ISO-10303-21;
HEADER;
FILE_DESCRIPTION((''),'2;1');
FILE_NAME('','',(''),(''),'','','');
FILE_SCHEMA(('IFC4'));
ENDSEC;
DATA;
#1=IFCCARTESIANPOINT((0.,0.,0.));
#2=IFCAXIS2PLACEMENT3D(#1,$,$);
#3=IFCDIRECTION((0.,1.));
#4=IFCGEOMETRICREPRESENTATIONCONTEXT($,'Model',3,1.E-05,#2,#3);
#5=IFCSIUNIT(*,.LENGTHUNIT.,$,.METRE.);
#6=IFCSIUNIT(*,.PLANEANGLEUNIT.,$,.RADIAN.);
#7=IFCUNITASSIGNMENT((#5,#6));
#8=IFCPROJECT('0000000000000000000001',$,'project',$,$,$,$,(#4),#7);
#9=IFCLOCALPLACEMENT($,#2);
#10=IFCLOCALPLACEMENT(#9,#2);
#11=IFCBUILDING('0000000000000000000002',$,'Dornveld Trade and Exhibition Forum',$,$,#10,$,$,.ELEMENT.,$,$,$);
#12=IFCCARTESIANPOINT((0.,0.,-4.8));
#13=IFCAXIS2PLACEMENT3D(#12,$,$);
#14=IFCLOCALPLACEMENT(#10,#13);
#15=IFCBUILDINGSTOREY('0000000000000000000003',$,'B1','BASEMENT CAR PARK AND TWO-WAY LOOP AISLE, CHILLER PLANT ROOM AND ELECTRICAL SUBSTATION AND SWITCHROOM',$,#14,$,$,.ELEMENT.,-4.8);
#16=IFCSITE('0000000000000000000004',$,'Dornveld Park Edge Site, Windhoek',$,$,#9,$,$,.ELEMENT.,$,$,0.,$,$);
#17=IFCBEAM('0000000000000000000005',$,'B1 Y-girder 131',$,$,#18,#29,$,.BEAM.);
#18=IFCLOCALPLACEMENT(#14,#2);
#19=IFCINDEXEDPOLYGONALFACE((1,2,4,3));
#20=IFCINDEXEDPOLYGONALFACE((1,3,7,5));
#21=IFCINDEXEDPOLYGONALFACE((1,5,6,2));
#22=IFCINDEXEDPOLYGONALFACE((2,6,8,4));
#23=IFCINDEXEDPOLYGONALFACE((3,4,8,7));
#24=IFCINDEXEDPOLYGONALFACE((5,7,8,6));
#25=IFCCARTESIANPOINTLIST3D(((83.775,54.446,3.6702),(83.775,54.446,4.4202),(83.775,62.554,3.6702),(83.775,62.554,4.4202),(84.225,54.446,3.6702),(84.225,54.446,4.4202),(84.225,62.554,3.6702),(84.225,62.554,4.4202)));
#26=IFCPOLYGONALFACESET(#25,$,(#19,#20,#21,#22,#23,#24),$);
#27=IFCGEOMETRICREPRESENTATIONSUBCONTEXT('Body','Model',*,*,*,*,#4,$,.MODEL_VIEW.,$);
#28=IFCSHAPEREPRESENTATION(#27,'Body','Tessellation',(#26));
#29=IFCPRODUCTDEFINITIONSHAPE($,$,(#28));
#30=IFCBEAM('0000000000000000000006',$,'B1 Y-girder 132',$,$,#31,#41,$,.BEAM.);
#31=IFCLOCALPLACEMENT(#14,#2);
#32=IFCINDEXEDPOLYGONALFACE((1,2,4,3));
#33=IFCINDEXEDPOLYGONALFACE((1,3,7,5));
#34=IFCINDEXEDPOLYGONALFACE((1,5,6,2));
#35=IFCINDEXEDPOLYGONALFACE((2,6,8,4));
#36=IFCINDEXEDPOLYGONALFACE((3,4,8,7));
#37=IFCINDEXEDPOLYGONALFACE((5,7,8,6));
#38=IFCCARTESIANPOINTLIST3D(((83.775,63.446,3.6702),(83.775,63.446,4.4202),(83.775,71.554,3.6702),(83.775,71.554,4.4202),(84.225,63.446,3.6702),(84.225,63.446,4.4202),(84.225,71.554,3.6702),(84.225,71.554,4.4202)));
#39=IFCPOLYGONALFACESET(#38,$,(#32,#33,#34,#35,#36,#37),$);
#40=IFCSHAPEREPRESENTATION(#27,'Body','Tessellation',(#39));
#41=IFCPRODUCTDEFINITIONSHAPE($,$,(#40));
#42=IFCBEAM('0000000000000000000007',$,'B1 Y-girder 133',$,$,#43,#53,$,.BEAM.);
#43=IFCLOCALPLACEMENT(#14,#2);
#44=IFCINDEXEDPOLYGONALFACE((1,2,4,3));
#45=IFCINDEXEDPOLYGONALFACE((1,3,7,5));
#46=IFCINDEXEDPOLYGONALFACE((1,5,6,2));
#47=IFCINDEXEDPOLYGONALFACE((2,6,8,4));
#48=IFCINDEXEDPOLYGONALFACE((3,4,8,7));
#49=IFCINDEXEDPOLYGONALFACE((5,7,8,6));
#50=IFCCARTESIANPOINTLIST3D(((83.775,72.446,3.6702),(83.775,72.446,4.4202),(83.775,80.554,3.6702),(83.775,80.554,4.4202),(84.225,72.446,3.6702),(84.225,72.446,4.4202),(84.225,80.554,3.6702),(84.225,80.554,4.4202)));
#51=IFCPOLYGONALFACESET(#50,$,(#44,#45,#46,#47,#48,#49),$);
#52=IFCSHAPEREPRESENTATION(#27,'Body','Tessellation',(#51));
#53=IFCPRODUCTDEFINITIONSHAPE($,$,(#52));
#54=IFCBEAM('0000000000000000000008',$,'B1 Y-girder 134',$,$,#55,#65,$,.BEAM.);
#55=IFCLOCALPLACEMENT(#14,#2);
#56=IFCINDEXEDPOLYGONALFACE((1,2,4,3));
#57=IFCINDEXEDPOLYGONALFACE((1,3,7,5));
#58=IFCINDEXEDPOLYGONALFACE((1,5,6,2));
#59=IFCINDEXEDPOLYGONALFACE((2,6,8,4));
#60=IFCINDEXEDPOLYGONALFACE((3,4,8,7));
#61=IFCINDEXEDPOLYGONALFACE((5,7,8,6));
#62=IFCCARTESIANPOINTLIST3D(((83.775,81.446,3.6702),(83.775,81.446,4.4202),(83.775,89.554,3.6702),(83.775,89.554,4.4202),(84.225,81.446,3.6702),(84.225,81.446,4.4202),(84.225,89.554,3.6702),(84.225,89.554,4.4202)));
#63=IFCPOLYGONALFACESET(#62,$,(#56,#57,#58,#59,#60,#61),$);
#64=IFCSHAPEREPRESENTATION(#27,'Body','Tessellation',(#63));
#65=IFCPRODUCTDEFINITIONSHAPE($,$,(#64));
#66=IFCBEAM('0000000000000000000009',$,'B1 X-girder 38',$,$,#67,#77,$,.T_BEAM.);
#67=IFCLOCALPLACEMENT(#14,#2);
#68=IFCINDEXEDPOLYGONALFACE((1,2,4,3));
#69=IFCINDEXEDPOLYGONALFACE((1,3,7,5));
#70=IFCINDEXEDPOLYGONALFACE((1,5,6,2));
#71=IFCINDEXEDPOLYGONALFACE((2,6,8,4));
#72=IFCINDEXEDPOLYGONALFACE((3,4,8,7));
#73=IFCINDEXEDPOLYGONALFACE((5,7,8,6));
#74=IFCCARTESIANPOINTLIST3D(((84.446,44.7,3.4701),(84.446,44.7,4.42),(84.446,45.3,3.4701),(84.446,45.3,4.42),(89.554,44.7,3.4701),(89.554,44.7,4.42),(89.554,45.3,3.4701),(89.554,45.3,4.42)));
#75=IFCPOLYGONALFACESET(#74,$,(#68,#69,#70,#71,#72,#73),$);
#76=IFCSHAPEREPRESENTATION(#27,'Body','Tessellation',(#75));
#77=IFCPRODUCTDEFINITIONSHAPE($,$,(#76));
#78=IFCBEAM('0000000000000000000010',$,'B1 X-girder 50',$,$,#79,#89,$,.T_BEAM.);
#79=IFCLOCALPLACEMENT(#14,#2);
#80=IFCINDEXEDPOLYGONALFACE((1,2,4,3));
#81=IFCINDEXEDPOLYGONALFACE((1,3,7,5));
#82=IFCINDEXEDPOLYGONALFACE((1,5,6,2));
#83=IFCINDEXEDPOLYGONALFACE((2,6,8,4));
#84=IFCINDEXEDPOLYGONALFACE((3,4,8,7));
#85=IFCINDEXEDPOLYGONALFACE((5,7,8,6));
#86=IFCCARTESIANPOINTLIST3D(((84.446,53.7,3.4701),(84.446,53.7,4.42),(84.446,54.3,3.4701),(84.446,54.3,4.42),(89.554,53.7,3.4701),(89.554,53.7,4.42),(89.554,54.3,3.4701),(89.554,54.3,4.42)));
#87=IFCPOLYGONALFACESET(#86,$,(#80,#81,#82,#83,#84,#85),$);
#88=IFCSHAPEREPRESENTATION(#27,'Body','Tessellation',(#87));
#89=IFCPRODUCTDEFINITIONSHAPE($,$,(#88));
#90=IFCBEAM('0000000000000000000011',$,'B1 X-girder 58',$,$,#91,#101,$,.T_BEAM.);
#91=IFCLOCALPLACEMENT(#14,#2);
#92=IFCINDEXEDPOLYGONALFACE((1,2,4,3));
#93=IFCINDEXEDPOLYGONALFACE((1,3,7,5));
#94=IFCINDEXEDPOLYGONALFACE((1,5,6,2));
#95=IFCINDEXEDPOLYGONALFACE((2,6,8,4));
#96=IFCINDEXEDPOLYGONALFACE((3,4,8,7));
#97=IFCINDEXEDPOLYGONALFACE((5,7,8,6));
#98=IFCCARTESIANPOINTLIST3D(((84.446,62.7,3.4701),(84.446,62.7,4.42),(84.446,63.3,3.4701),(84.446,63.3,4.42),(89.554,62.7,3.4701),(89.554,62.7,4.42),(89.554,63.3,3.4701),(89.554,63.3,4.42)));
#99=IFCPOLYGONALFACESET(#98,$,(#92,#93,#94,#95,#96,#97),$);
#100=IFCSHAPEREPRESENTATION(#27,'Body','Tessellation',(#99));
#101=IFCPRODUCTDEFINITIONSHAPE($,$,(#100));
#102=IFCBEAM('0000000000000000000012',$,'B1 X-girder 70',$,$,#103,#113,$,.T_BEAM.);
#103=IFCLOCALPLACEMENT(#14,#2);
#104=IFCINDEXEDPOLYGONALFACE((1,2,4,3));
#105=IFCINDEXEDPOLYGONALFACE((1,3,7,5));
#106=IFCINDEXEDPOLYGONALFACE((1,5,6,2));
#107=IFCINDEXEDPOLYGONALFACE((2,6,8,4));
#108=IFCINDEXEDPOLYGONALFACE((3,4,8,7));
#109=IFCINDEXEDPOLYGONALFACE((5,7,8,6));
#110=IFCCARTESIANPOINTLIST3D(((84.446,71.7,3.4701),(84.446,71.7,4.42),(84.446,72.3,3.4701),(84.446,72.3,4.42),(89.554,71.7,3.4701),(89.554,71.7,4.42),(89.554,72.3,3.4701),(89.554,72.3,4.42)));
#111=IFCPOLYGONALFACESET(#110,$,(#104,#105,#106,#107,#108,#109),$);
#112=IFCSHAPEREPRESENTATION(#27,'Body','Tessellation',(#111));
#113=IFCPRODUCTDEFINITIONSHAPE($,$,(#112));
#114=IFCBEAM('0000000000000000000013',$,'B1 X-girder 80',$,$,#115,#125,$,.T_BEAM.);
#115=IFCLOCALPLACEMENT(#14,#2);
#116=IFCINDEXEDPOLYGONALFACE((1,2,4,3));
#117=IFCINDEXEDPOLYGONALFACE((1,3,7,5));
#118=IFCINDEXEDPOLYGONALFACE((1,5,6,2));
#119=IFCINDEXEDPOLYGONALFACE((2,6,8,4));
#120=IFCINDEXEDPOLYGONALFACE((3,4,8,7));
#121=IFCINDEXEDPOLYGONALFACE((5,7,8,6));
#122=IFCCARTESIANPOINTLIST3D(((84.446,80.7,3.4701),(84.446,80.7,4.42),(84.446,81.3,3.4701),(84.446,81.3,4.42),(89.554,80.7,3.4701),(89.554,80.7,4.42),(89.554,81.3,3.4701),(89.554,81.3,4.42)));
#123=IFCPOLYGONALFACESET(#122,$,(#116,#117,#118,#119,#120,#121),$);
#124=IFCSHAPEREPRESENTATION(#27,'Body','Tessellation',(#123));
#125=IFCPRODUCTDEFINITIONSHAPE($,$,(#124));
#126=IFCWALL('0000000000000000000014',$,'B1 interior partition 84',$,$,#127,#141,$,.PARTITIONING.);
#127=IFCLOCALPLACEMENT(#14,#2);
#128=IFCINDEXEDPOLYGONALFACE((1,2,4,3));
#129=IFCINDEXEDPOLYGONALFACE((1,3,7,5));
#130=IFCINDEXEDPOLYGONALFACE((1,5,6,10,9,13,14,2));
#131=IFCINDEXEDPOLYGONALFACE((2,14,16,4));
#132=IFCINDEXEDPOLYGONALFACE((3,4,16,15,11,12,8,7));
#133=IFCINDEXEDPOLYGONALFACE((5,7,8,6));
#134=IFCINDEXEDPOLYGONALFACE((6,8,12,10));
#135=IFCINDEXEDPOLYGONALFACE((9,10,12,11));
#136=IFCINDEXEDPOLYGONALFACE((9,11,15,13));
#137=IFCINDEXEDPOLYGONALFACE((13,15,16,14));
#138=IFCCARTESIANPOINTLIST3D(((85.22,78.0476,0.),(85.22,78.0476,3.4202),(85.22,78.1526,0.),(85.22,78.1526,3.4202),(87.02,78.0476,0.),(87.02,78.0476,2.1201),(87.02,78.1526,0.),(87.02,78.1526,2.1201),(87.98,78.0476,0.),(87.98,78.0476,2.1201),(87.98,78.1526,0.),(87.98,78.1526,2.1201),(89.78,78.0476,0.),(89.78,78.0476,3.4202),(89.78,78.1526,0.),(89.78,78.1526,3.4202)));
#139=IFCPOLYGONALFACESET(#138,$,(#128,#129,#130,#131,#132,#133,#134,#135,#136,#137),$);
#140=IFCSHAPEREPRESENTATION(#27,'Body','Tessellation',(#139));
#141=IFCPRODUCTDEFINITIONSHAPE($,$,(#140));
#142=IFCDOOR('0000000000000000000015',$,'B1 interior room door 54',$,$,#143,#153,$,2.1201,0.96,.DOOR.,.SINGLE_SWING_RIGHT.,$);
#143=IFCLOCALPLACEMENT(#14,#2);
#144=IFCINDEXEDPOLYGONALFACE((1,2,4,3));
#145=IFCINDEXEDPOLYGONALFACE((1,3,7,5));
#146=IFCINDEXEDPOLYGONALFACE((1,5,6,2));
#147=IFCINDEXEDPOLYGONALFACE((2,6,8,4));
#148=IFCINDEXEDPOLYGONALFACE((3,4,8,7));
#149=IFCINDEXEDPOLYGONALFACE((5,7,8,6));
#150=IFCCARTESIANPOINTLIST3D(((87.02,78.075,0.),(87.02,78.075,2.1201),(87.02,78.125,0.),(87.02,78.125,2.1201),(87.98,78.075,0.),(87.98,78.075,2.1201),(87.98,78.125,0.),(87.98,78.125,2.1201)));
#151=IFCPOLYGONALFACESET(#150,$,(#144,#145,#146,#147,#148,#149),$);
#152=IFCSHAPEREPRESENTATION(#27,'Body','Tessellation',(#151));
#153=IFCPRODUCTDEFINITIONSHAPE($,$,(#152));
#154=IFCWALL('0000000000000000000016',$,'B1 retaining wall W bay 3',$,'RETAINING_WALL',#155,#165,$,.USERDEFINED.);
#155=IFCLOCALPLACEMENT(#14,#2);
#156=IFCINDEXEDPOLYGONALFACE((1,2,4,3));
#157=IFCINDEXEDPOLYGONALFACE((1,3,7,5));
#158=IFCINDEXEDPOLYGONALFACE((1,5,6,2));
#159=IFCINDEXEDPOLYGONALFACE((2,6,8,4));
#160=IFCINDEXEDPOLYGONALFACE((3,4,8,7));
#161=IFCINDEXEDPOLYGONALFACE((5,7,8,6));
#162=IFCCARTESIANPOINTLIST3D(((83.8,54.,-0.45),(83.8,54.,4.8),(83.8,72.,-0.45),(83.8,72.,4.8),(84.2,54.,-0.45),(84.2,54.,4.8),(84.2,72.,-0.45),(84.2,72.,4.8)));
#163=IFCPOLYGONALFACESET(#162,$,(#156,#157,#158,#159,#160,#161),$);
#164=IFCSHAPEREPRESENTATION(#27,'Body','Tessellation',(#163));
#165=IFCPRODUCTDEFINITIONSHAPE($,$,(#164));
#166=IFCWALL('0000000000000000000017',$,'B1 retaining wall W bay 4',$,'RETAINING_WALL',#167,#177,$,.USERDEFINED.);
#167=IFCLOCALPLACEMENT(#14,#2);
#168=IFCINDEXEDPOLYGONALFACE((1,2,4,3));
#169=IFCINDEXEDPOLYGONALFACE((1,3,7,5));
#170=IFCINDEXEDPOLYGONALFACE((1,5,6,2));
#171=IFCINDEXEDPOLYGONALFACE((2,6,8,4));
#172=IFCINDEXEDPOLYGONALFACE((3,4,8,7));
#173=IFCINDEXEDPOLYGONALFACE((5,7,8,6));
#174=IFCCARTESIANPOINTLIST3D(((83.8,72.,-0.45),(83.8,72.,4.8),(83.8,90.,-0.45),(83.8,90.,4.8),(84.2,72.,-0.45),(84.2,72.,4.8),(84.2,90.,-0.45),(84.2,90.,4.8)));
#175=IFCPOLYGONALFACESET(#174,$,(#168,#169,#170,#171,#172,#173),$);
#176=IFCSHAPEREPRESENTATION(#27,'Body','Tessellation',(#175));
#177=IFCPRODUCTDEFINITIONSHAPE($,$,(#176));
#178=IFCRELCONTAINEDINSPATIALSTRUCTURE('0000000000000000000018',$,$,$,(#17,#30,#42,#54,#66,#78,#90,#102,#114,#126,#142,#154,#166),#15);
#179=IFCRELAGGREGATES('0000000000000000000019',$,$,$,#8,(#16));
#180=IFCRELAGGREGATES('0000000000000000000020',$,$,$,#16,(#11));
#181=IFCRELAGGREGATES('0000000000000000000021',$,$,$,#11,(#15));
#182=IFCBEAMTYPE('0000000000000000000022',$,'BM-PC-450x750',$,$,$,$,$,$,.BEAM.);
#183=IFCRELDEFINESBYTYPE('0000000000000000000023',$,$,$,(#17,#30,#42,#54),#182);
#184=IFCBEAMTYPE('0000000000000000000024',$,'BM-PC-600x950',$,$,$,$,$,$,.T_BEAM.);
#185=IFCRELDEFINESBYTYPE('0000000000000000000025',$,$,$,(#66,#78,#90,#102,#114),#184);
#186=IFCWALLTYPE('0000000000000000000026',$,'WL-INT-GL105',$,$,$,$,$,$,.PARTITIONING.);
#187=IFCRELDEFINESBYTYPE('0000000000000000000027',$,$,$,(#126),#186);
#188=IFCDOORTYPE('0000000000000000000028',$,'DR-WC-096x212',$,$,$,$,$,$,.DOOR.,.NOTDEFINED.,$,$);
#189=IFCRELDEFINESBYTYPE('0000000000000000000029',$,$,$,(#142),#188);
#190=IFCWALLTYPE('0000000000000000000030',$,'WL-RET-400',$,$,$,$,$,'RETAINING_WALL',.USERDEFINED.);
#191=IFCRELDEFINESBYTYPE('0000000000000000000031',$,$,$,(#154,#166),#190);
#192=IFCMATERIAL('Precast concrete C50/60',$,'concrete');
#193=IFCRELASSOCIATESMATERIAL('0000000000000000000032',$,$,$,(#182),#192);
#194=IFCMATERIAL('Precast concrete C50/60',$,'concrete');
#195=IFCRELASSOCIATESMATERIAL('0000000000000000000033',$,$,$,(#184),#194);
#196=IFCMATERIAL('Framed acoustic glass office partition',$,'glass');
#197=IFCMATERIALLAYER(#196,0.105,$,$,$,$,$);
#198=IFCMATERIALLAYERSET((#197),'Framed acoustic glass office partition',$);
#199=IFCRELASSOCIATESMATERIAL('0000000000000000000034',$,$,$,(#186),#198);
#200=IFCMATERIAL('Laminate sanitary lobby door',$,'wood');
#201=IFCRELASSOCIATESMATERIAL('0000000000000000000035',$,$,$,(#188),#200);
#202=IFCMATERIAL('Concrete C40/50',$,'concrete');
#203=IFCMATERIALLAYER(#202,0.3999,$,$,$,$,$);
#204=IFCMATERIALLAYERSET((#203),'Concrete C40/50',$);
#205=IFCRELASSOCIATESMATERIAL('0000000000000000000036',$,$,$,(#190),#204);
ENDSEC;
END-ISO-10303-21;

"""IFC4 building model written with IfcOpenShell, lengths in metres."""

from ifc_helpers import new_model, si_unit, direction, frame, frame_2d, origin, origin_2d, place, context, subcontext, project, spatial, rectangle, extrude, material, layer, layer_set, material_profile, profile_set, type_object, element, fill, save


model = new_model("IFC4")

# Units and contexts
model_context = context("Model", 3, precision=1e-05, world=origin(), true_north=direction((0.0, 1.0)))
body_context = subcontext(model_context, "Body", "Model", "MODEL_VIEW")
ifc_project = project(units=[si_unit("LENGTHUNIT", "METRE"), si_unit("PLANEANGLEUNIT", "RADIAN")], contexts=[model_context])

# Site, building, storey
site_placement = place(None, origin())
site = spatial("IfcSite", under=ifc_project, at=site_placement, Name="Dornveld Park Edge Site, Windhoek", CompositionType="ELEMENT", RefElevation=0.0)
building_placement = place(site_placement, origin())
building = spatial("IfcBuilding", under=site, at=building_placement, Name="Dornveld Trade and Exhibition Forum", CompositionType="ELEMENT")
storey_placement = place(building_placement, frame((0.0, 0.0, -4.8)))
storey = spatial("IfcBuildingStorey", under=building, at=storey_placement, Name="B1", Description="BASEMENT CAR PARK AND TWO-WAY LOOP AISLE, CHILLER PLANT ROOM AND ELECTRICAL SUBSTATION AND SWITCHROOM", CompositionType="ELEMENT", Elevation=-4.8)

# Beams
ifc_material_1 = material(Name="Precast concrete C50/60", Category="concrete")
ifc_material_profile_1 = material_profile(ifc_material_1, rectangle(XDim=0.45, YDim=0.75, at=origin_2d()), Name="PC-BM 450x750")
ifc_profile_set_1 = profile_set([ifc_material_profile_1], Name="Precast concrete C50/60")
beam_type_1 = type_object("IfcBeamType", Name="BM-PC-450x750", PredefinedType="BEAM", material=ifc_profile_set_1)
for number, where, z_axis, x_axis, name in (
    (1, (84.0, 54.446, 4.0452), (0.0, 1.0, 0.0), (-1.0, 0.0, 0.0), "B1 Y-girder 131"),
    (2, (84.0, 63.446, 4.0452), (0.0, 1.0, 0.0), (-1.0, 0.0, 0.0), "B1 Y-girder 132"),
    (3, (84.0, 72.446, 4.0452), (0.0, 1.0, 0.0), (-1.0, 0.0, 0.0), "B1 Y-girder 133"),
    (4, (84.0, 81.446, 4.0452), (0.0, 1.0, 0.0), (-1.0, 0.0, 0.0), "B1 Y-girder 134"),
):
    element("IfcBeam", number, at=place(storey_placement, frame(where, z_axis=z_axis, x_axis=x_axis)), inside=storey, type_object=beam_type_1, Name=name, PredefinedType="BEAM", context=body_context, shape_type="SweptSolid", body=[
        extrude(rectangle(XDim=0.45, YDim=0.75, at=origin_2d()), origin(), (0.0, 0.0, 1.0), 8.1079),
    ])
ifc_material_2 = material(Name="Precast concrete C50/60", Category="concrete")
ifc_material_profile_2 = material_profile(ifc_material_2, rectangle(XDim=0.6001, YDim=0.95, at=origin_2d()), Name="PC-GIR 600x950")
ifc_profile_set_2 = profile_set([ifc_material_profile_2], Name="Precast concrete C50/60")
beam_type_2 = type_object("IfcBeamType", Name="BM-PC-600x950", PredefinedType="T_BEAM", material=ifc_profile_set_2)
for number, where, z_axis, x_axis, name in (
    (5, (84.446, 45.0, 3.9451), (1.0, 0.0, 0.0), (0.0, 1.0, 0.0), "B1 X-girder 38"),
    (6, (84.446, 54.0, 3.9451), (1.0, 0.0, 0.0), (0.0, 1.0, 0.0), "B1 X-girder 50"),
    (7, (84.446, 63.0, 3.9451), (1.0, 0.0, 0.0), (0.0, 1.0, 0.0), "B1 X-girder 58"),
    (8, (84.446, 72.0, 3.9451), (1.0, 0.0, 0.0), (0.0, 1.0, 0.0), "B1 X-girder 70"),
    (9, (84.446, 81.0, 3.9451), (1.0, 0.0, 0.0), (0.0, 1.0, 0.0), "B1 X-girder 80"),
):
    element("IfcBeam", number, at=place(storey_placement, frame(where, z_axis=z_axis, x_axis=x_axis)), inside=storey, type_object=beam_type_2, Name=name, PredefinedType="T_BEAM", context=body_context, shape_type="SweptSolid", body=[
        extrude(rectangle(XDim=0.6001, YDim=0.95, at=origin_2d()), origin(), (0.0, 0.0, 1.0), 5.1079),
    ])

# Wall, opening, door
ifc_material_3 = material(Name="Framed acoustic glass office partition", Category="glass")
ifc_layer_1 = layer(ifc_material_3, 0.105)
ifc_layer_set_1 = layer_set([ifc_layer_1], Name="Framed acoustic glass office partition")
wall_type_1 = type_object("IfcWallType", Name="WL-INT-GL105", PredefinedType="PARTITIONING", material=ifc_layer_set_1)
wall_placement = place(storey_placement, frame((85.22, 78.1001, 0.0), z_axis=(0.0, 0.0, 1.0), x_axis=(1.0, 0.0, 0.0)))
wall = element("IfcWall", 10, at=wall_placement, inside=storey, type_object=wall_type_1, Name="B1 interior partition 84", PredefinedType="PARTITIONING", context=body_context, shape_type="SweptSolid", body=[
    extrude(rectangle(XDim=4.5601, YDim=0.105, at=frame_2d((2.28, 0.0))), origin(), (0.0, 0.0, 1.0), 3.4202),
])
opening_placement = place(wall_placement, frame((1.8, 0.0, 0.0)))
opening = element("IfcOpeningElement", 11, at=opening_placement, cuts=wall, PredefinedType="OPENING", context=body_context, shape_type="SweptSolid", body=[
    extrude(rectangle(XDim=0.96, YDim=2.1201, at=frame_2d((0.48, 1.0601))), frame((0.0, 0.0625, 0.0), z_axis=(0.0, -1.0, 0.0), x_axis=(1.0, 0.0, 0.0)), (0.0, 0.0, 1.0), 0.125),
])
ifc_material_4 = material(Name="Laminate sanitary lobby door", Category="wood")
door_type = type_object("IfcDoorType", Name="DR-WC-096x212", OperationType="NOTDEFINED", PredefinedType="DOOR", material=ifc_material_4)
door_placement = place(opening_placement, origin())
door = element("IfcDoor", 12, at=door_placement, inside=storey, type_object=door_type, Name="B1 interior room door 54", OperationType="SINGLE_SWING_RIGHT", OverallHeight=2.1201, OverallWidth=0.96, PredefinedType="DOOR", context=body_context, shape_type="SweptSolid", body=[
    extrude(rectangle(XDim=0.96, YDim=2.1201, at=frame_2d((0.48, 1.0601))), frame((0.0, 0.0249, 0.0), z_axis=(0.0, -1.0, 0.0), x_axis=(1.0, 0.0, 0.0)), (0.0, 0.0, 1.0), 0.05),
])
fill(opening, door)

# Walls
ifc_material_5 = material(Name="Concrete C40/50", Category="concrete")
ifc_layer_2 = layer(ifc_material_5, 0.3999)
ifc_layer_set_2 = layer_set([ifc_layer_2], Name="Concrete C40/50")
wall_type_2 = type_object("IfcWallType", Name="WL-RET-400", ElementType="RETAINING_WALL", PredefinedType="USERDEFINED", material=ifc_layer_set_2)
for number, where, z_axis, x_axis, name in (
    (13, (84.0, 54.0, -0.45), (0.0, 0.0, 1.0), (0.0, 1.0, 0.0), "B1 retaining wall W bay 3"),
    (14, (84.0, 72.0, -0.45), (0.0, 0.0, 1.0), (0.0, 1.0, 0.0), "B1 retaining wall W bay 4"),
):
    element("IfcWall", number, at=place(storey_placement, frame(where, z_axis=z_axis, x_axis=x_axis)), inside=storey, type_object=wall_type_2, Name=name, ObjectType="RETAINING_WALL", PredefinedType="USERDEFINED", context=body_context, shape_type="SweptSolid", body=[
        extrude(rectangle(XDim=18.0, YDim=0.3999, at=frame_2d((9.0, 0.0))), origin(), (0.0, 0.0, 1.0), 5.25),
    ])

save(model, "model.ifc")
